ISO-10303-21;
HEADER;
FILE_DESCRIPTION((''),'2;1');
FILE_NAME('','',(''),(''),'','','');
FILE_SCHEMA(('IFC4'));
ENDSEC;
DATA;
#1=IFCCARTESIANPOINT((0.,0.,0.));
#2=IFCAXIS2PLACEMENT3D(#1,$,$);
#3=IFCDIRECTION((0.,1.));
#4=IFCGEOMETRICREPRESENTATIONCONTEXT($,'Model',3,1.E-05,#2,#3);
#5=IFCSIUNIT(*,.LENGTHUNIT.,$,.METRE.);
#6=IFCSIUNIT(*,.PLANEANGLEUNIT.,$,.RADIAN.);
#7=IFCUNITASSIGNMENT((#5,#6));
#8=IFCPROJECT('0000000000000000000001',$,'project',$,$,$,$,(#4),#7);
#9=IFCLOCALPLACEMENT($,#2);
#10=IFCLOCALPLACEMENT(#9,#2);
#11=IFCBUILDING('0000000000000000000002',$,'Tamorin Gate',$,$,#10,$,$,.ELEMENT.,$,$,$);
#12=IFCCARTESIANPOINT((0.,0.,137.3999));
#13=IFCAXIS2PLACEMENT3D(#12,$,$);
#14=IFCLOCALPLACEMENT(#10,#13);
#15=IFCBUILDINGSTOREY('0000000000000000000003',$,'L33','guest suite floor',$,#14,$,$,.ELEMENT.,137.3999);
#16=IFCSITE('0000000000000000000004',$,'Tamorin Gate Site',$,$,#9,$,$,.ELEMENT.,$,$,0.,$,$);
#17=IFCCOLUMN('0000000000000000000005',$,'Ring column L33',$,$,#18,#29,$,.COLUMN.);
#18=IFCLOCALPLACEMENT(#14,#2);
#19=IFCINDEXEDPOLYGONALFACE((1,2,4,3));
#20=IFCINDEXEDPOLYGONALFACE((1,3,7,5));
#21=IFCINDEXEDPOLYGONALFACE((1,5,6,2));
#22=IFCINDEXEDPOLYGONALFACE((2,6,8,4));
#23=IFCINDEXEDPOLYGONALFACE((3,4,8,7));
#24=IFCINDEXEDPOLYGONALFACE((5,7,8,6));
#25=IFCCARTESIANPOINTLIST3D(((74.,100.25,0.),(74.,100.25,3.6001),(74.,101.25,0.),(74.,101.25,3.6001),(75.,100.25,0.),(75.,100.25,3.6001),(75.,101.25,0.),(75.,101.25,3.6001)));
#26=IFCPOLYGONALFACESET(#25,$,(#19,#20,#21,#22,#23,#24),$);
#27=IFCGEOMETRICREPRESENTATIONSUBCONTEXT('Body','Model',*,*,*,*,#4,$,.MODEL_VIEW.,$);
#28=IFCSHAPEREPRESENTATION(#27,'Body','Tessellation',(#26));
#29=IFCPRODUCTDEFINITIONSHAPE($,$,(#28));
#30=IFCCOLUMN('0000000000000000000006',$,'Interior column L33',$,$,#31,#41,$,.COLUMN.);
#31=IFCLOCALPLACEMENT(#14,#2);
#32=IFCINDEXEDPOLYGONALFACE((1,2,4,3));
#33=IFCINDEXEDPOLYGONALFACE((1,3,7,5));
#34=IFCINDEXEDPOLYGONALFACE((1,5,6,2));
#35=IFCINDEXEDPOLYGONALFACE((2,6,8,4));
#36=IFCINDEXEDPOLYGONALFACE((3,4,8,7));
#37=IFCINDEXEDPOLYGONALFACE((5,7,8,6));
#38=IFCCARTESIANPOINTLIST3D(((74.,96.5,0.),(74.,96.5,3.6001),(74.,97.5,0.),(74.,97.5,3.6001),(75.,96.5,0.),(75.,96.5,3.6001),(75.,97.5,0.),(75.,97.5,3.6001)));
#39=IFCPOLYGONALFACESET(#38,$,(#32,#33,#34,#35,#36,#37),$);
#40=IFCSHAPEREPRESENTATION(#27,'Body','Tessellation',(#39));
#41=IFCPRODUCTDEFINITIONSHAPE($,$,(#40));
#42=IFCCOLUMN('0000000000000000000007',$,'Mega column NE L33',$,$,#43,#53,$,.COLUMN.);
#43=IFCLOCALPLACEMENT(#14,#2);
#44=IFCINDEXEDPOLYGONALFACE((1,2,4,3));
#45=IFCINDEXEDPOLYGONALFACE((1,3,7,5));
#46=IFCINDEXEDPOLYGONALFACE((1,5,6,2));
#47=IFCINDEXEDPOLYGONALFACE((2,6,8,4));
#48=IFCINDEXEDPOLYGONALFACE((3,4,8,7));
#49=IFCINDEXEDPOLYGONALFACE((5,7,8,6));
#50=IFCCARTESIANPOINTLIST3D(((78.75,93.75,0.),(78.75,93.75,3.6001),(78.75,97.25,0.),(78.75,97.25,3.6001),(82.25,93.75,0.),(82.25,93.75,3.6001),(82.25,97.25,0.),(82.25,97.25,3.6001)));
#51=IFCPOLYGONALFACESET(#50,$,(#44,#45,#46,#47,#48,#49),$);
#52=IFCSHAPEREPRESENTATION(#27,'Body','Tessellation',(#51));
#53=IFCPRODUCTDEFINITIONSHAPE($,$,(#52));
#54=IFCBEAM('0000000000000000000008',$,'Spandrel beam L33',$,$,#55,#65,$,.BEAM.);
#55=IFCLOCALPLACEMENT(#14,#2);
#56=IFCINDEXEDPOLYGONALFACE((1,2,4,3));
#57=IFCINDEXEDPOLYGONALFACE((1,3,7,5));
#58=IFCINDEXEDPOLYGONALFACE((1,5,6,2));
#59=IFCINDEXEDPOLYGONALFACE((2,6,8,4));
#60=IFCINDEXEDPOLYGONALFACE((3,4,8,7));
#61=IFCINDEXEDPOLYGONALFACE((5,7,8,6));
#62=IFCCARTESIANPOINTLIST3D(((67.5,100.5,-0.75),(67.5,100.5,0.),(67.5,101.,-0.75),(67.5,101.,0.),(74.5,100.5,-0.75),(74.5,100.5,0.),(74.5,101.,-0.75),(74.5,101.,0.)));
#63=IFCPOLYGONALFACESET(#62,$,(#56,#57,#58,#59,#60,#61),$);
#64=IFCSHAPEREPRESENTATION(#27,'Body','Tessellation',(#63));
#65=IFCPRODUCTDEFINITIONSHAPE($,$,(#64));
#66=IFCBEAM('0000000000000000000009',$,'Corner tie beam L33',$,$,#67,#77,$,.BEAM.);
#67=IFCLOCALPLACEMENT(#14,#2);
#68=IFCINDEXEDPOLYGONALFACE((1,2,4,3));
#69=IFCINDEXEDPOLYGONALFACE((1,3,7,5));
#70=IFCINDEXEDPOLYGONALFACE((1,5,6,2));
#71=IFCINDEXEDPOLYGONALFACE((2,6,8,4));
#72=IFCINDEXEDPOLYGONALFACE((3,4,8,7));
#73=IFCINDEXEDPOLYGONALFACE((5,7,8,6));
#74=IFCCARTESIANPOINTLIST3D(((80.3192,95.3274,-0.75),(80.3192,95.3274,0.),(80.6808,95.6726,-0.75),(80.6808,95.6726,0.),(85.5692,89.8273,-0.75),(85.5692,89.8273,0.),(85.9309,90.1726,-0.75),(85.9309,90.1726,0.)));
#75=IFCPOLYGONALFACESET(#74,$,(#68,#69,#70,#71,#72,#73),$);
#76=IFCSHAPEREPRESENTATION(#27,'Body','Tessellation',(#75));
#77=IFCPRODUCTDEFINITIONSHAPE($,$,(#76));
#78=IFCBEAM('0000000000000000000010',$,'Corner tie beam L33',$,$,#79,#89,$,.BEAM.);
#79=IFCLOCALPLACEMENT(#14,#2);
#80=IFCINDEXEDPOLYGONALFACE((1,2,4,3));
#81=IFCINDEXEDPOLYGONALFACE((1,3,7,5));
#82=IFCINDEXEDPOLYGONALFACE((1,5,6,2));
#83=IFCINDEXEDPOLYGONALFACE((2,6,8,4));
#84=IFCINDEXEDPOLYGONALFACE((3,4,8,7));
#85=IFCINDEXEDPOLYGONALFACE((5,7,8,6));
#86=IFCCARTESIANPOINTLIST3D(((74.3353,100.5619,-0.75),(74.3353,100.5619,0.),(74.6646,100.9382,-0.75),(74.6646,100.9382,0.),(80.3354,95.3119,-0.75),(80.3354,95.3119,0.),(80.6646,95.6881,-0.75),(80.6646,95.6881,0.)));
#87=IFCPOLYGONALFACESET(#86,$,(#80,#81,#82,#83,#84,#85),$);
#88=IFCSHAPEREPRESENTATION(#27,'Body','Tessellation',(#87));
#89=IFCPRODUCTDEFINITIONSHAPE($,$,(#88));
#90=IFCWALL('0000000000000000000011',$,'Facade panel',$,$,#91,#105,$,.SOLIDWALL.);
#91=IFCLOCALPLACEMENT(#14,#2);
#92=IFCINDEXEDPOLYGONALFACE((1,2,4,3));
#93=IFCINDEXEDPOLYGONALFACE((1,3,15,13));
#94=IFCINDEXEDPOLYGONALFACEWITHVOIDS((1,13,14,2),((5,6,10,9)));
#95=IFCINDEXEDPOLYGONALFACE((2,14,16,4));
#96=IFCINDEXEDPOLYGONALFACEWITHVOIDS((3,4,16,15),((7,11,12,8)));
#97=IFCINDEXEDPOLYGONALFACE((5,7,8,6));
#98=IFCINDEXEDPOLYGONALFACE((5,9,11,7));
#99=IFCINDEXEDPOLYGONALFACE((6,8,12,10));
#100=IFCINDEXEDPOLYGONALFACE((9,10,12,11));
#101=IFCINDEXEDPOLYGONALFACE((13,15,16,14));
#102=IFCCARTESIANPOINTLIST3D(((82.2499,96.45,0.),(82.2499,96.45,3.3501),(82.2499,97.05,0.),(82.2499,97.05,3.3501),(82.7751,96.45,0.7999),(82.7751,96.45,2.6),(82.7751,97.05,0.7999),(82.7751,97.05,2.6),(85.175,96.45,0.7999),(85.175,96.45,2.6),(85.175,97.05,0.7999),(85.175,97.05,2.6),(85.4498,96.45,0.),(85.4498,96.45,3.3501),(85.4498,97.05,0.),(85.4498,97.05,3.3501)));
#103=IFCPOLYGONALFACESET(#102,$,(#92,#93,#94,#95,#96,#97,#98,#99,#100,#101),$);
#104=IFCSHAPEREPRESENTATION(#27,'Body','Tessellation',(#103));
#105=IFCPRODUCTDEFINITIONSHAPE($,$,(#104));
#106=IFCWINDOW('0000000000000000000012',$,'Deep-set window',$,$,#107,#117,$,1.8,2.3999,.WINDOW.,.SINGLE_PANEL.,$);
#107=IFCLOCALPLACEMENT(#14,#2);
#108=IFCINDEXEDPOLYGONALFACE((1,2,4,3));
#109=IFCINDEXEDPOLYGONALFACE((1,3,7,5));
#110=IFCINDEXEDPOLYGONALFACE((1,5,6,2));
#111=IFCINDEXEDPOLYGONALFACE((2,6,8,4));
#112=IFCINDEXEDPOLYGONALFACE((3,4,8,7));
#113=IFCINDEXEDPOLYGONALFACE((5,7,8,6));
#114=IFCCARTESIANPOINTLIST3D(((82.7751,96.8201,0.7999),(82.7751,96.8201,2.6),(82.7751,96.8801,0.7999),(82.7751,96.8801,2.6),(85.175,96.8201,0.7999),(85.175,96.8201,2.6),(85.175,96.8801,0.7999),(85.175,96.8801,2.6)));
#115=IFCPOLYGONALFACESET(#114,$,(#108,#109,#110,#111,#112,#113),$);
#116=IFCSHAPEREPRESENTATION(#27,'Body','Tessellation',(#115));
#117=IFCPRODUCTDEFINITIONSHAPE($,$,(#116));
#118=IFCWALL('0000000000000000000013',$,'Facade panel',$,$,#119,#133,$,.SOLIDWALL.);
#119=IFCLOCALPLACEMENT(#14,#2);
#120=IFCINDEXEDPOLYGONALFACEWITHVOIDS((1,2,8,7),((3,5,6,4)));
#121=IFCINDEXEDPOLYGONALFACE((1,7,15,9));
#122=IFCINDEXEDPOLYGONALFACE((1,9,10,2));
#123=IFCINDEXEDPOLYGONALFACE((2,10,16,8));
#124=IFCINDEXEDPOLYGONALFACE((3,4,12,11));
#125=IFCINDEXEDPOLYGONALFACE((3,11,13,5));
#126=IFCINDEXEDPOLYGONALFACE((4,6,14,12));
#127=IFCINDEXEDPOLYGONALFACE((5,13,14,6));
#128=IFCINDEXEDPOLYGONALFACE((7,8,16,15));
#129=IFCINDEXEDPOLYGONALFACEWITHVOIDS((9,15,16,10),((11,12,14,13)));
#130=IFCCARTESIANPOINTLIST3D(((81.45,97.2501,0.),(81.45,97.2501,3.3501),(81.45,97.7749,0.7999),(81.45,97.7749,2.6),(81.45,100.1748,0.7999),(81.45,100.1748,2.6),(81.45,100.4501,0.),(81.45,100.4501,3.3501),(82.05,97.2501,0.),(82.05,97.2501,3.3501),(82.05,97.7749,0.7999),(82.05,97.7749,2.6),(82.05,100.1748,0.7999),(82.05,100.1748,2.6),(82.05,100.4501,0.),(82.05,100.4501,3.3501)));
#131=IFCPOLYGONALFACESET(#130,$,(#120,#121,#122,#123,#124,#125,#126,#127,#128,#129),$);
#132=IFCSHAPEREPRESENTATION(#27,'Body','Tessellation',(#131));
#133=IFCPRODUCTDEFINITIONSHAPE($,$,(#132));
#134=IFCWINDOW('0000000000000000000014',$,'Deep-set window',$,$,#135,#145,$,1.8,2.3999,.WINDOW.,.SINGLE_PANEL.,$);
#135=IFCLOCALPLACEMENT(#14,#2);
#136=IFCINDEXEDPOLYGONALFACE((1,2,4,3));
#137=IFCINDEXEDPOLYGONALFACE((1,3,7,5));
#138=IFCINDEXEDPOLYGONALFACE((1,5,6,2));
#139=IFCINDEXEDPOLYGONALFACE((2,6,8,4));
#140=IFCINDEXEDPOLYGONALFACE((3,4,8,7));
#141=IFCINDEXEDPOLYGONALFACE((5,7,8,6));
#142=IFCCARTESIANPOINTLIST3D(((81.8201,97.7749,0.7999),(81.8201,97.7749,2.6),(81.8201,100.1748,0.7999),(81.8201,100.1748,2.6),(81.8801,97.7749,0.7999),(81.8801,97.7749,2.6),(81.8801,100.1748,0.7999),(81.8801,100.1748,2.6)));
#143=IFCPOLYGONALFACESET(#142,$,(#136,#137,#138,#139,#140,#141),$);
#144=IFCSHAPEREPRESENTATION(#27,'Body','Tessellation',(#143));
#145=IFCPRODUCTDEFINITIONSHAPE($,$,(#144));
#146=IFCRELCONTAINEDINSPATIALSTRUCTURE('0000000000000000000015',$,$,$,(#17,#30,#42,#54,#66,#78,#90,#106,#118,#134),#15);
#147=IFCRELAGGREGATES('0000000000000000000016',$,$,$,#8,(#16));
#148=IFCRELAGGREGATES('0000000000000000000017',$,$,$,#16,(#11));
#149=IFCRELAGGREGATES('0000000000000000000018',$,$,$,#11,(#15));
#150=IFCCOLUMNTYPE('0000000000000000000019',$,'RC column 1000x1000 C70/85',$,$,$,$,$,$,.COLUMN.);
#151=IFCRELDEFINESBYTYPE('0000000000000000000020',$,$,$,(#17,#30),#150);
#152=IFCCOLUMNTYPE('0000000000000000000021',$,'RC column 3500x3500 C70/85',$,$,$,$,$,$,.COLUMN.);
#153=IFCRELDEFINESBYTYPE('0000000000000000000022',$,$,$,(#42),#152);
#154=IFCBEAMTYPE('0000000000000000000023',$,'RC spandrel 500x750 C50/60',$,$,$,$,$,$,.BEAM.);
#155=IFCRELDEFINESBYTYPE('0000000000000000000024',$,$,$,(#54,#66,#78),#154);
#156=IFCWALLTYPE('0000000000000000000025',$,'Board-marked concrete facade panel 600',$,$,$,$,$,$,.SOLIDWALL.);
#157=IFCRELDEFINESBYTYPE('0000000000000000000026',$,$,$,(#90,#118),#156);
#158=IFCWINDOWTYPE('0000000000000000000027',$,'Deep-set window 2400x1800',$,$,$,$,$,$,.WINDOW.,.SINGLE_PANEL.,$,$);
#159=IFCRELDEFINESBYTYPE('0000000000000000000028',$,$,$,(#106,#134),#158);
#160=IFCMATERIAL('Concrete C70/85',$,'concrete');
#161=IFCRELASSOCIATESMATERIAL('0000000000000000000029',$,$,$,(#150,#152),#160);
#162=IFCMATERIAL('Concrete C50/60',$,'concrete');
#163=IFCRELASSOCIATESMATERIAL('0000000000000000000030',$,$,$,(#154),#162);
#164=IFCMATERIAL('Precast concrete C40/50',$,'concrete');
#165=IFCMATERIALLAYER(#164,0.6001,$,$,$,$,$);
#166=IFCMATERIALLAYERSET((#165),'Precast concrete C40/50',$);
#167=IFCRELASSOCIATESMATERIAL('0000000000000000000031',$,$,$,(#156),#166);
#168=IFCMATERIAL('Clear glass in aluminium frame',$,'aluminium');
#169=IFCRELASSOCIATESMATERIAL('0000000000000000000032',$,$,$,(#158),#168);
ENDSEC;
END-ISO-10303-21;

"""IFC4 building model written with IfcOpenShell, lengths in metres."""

from ifc_helpers import new_model, si_unit, direction, frame, frame_2d, origin, origin_2d, place, context, subcontext, project, spatial, rectangle, extrude, material, layer, layer_set, material_profile, profile_set, type_object, element, fill, save


model = new_model("IFC4")

# Units and contexts
model_context = context("Model", 3, precision=1e-05, world=origin(), true_north=direction((0.0, 1.0)))
body_context = subcontext(model_context, "Body", "Model", "MODEL_VIEW")
ifc_project = project(units=[si_unit("LENGTHUNIT", "METRE"), si_unit("PLANEANGLEUNIT", "RADIAN")], contexts=[model_context])

# Site, building, storey
site_placement = place(None, origin())
site = spatial("IfcSite", under=ifc_project, at=site_placement, Name="Tamorin Gate Site", CompositionType="ELEMENT", RefElevation=0.0)
building_placement = place(site_placement, origin())
building = spatial("IfcBuilding", under=site, at=building_placement, Name="Tamorin Gate", CompositionType="ELEMENT")
storey_placement = place(building_placement, frame((0.0, 0.0, 137.3999)))
storey = spatial("IfcBuildingStorey", under=building, at=storey_placement, Name="L33", Description="guest suite floor", CompositionType="ELEMENT", Elevation=137.3999)

# Columns
ifc_material_1 = material(Name="Concrete C70/85", Category="concrete")
ifc_material_profile_1 = material_profile(ifc_material_1, rectangle(XDim=1.0, YDim=1.0, at=origin_2d()), Name="RC 1000x1000")
ifc_profile_set_1 = profile_set([ifc_material_profile_1], Name="Concrete C70/85")
column_type_1 = type_object("IfcColumnType", Name="RC column 1000x1000 C70/85", PredefinedType="COLUMN", material=ifc_profile_set_1)
for number, where, z_axis, x_axis, name in (
    (1, (74.5, 100.75, 0.0), (0.0, 0.0, 1.0), (1.0, 0.0, 0.0), "Ring column L33"),
    (2, (74.5, 97.0, 0.0), (0.0, 0.0, 1.0), (1.0, 0.0, 0.0), "Interior column L33"),
):
    element("IfcColumn", number, at=place(storey_placement, frame(where, z_axis=z_axis, x_axis=x_axis)), inside=storey, type_object=column_type_1, Name=name, PredefinedType="COLUMN", context=body_context, shape_type="SweptSolid", body=[
        extrude(rectangle(XDim=1.0, YDim=1.0, at=origin_2d()), origin(), (0.0, 0.0, 1.0), 3.6001),
    ])
ifc_material_profile_2 = material_profile(ifc_material_1, rectangle(XDim=3.5, YDim=3.5, at=origin_2d()), Name="RC 3500x3500")
ifc_profile_set_2 = profile_set([ifc_material_profile_2], Name="Concrete C70/85")
column_type_2 = type_object("IfcColumnType", Name="RC column 3500x3500 C70/85", PredefinedType="COLUMN", material=ifc_profile_set_2)
column_placement = place(storey_placement, frame((80.5, 95.5, 0.0), z_axis=(0.0, 0.0, 1.0), x_axis=(1.0, 0.0, 0.0)))
element("IfcColumn", 3, at=column_placement, inside=storey, type_object=column_type_2, Name="Mega column NE L33", PredefinedType="COLUMN", context=body_context, shape_type="SweptSolid", body=[
    extrude(rectangle(XDim=3.5, YDim=3.5, at=origin_2d()), origin(), (0.0, 0.0, 1.0), 3.6001),
])

# Beams
ifc_material_2 = material(Name="Concrete C50/60", Category="concrete")
ifc_material_profile_3 = material_profile(ifc_material_2, rectangle(XDim=0.5, YDim=0.75, at=origin_2d()), Name="RC 500x750")
ifc_profile_set_3 = profile_set([ifc_material_profile_3], Name="Concrete C50/60")
beam_type = type_object("IfcBeamType", Name="RC spandrel 500x750 C50/60", PredefinedType="BEAM", material=ifc_profile_set_3)
beam_1_placement = place(storey_placement, frame((74.5, 100.75, -0.375), z_axis=(-1.0, 0.0, 0.0), x_axis=(0.0, -1.0, 0.0)))
element("IfcBeam", 4, at=beam_1_placement, inside=storey, type_object=beam_type, Name="Spandrel beam L33", PredefinedType="BEAM", context=body_context, shape_type="SweptSolid", body=[
    extrude(rectangle(XDim=0.5, YDim=0.75, at=origin_2d()), origin(), (0.0, 0.0, 1.0), 7.0),
])
beam_2_placement = place(storey_placement, frame((80.5, 95.5, -0.375), z_axis=(0.690476, -0.723356, 0.0), x_axis=(0.723356, 0.690476, 0.0)))
element("IfcBeam", 5, at=beam_2_placement, inside=storey, type_object=beam_type, Name="Corner tie beam L33", PredefinedType="BEAM", context=body_context, shape_type="SweptSolid", body=[
    extrude(rectangle(XDim=0.5, YDim=0.75, at=origin_2d()), origin(), (0.0, 0.0, 1.0), 7.6035),
])
beam_3_placement = place(storey_placement, frame((80.5, 95.5, -0.375), z_axis=(-0.752577, 0.658505, 0.0), x_axis=(-0.658505, -0.752577, 0.0)))
element("IfcBeam", 6, at=beam_3_placement, inside=storey, type_object=beam_type, Name="Corner tie beam L33", PredefinedType="BEAM", context=body_context, shape_type="SweptSolid", body=[
    extrude(rectangle(XDim=0.5, YDim=0.75, at=origin_2d()), origin(), (0.0, 0.0, 1.0), 7.9727),
])

# Walls, openings, windows
ifc_material_3 = material(Name="Precast concrete C40/50", Category="concrete")
ifc_layer_1 = layer(ifc_material_3, 0.6001)
ifc_layer_set_1 = layer_set([ifc_layer_1], Name="Precast concrete C40/50")
wall_type_1 = type_object("IfcWallType", Name="Board-marked concrete facade panel 600", PredefinedType="SOLIDWALL", material=ifc_layer_set_1)
wall_1_placement = place(storey_placement, frame((85.45, 96.75, 0.0), z_axis=(0.0, 0.0, 1.0), x_axis=(-1.0, 0.0, 0.0)))
wall_1 = element("IfcWall", 7, at=wall_1_placement, inside=storey, type_object=wall_type_1, Name="Facade panel", PredefinedType="SOLIDWALL", context=body_context, shape_type="SweptSolid", body=[
    extrude(rectangle(XDim=3.2, YDim=0.6001, at=frame_2d((1.6001, 0.0))), origin(), (0.0, 0.0, 1.0), 3.3501),
])
opening_1_placement = place(wall_1_placement, frame((0.2749, 0.0, 0.8)))
opening_1 = element("IfcOpeningElement", 8, at=opening_1_placement, cuts=wall_1, PredefinedType="OPENING", context=body_context, shape_type="SweptSolid", body=[
    extrude(rectangle(XDim=2.3999, YDim=1.8, at=frame_2d((1.2, 0.8999))), frame((0.0, 0.3101, 0.0), z_axis=(0.0, -1.0, 0.0), x_axis=(1.0, 0.0, 0.0)), (0.0, 0.0, 1.0), 0.6201),
])
ifc_material_4 = material(Name="Clear glass in aluminium frame", Category="aluminium")
window_type_1 = type_object("IfcWindowType", Name="Deep-set window 2400x1800", PartitioningType="SINGLE_PANEL", PredefinedType="WINDOW", material=ifc_material_4)
window_1_placement = place(opening_1_placement, origin())
window_1 = element("IfcWindow", 9, at=window_1_placement, inside=storey, type_object=window_type_1, Name="Deep-set window", OverallHeight=1.8, OverallWidth=2.3999, PartitioningType="SINGLE_PANEL", PredefinedType="WINDOW", context=body_context, shape_type="SweptSolid", body=[
    extrude(rectangle(XDim=2.3999, YDim=1.8, at=frame_2d((1.2, 0.8999))), frame((0.0, -0.0701, 0.0), z_axis=(0.0, -1.0, 0.0), x_axis=(1.0, 0.0, 0.0)), (0.0, 0.0, 1.0), 0.0601),
])
fill(opening_1, window_1)
wall_2_placement = place(storey_placement, frame((81.75, 97.25, 0.0), z_axis=(0.0, 0.0, 1.0), x_axis=(0.0, 1.0, 0.0)))
wall_2 = element("IfcWall", 10, at=wall_2_placement, inside=storey, type_object=wall_type_1, Name="Facade panel", PredefinedType="SOLIDWALL", context=body_context, shape_type="SweptSolid", body=[
    extrude(rectangle(XDim=3.2, YDim=0.6001, at=frame_2d((1.6001, 0.0))), origin(), (0.0, 0.0, 1.0), 3.3501),
])
opening_2_placement = place(wall_2_placement, frame((0.5249, 0.0, 0.8)))
opening_2 = element("IfcOpeningElement", 11, at=opening_2_placement, cuts=wall_2, PredefinedType="OPENING", context=body_context, shape_type="SweptSolid", body=[
    extrude(rectangle(XDim=2.3999, YDim=1.8, at=frame_2d((1.2, 0.8999))), frame((0.0, 0.3101, 0.0), z_axis=(0.0, -1.0, 0.0), x_axis=(1.0, 0.0, 0.0)), (0.0, 0.0, 1.0), 0.6201),
])
window_2_placement = place(opening_2_placement, origin())
window_2 = element("IfcWindow", 12, at=window_2_placement, inside=storey, type_object=window_type_1, Name="Deep-set window", OverallHeight=1.8, OverallWidth=2.3999, PartitioningType="SINGLE_PANEL", PredefinedType="WINDOW", context=body_context, shape_type="SweptSolid", body=[
    extrude(rectangle(XDim=2.3999, YDim=1.8, at=frame_2d((1.2, 0.8999))), frame((0.0, -0.0701, 0.0), z_axis=(0.0, -1.0, 0.0), x_axis=(1.0, 0.0, 0.0)), (0.0, 0.0, 1.0), 0.0601),
])
fill(opening_2, window_2)

save(model, "model.ifc")
